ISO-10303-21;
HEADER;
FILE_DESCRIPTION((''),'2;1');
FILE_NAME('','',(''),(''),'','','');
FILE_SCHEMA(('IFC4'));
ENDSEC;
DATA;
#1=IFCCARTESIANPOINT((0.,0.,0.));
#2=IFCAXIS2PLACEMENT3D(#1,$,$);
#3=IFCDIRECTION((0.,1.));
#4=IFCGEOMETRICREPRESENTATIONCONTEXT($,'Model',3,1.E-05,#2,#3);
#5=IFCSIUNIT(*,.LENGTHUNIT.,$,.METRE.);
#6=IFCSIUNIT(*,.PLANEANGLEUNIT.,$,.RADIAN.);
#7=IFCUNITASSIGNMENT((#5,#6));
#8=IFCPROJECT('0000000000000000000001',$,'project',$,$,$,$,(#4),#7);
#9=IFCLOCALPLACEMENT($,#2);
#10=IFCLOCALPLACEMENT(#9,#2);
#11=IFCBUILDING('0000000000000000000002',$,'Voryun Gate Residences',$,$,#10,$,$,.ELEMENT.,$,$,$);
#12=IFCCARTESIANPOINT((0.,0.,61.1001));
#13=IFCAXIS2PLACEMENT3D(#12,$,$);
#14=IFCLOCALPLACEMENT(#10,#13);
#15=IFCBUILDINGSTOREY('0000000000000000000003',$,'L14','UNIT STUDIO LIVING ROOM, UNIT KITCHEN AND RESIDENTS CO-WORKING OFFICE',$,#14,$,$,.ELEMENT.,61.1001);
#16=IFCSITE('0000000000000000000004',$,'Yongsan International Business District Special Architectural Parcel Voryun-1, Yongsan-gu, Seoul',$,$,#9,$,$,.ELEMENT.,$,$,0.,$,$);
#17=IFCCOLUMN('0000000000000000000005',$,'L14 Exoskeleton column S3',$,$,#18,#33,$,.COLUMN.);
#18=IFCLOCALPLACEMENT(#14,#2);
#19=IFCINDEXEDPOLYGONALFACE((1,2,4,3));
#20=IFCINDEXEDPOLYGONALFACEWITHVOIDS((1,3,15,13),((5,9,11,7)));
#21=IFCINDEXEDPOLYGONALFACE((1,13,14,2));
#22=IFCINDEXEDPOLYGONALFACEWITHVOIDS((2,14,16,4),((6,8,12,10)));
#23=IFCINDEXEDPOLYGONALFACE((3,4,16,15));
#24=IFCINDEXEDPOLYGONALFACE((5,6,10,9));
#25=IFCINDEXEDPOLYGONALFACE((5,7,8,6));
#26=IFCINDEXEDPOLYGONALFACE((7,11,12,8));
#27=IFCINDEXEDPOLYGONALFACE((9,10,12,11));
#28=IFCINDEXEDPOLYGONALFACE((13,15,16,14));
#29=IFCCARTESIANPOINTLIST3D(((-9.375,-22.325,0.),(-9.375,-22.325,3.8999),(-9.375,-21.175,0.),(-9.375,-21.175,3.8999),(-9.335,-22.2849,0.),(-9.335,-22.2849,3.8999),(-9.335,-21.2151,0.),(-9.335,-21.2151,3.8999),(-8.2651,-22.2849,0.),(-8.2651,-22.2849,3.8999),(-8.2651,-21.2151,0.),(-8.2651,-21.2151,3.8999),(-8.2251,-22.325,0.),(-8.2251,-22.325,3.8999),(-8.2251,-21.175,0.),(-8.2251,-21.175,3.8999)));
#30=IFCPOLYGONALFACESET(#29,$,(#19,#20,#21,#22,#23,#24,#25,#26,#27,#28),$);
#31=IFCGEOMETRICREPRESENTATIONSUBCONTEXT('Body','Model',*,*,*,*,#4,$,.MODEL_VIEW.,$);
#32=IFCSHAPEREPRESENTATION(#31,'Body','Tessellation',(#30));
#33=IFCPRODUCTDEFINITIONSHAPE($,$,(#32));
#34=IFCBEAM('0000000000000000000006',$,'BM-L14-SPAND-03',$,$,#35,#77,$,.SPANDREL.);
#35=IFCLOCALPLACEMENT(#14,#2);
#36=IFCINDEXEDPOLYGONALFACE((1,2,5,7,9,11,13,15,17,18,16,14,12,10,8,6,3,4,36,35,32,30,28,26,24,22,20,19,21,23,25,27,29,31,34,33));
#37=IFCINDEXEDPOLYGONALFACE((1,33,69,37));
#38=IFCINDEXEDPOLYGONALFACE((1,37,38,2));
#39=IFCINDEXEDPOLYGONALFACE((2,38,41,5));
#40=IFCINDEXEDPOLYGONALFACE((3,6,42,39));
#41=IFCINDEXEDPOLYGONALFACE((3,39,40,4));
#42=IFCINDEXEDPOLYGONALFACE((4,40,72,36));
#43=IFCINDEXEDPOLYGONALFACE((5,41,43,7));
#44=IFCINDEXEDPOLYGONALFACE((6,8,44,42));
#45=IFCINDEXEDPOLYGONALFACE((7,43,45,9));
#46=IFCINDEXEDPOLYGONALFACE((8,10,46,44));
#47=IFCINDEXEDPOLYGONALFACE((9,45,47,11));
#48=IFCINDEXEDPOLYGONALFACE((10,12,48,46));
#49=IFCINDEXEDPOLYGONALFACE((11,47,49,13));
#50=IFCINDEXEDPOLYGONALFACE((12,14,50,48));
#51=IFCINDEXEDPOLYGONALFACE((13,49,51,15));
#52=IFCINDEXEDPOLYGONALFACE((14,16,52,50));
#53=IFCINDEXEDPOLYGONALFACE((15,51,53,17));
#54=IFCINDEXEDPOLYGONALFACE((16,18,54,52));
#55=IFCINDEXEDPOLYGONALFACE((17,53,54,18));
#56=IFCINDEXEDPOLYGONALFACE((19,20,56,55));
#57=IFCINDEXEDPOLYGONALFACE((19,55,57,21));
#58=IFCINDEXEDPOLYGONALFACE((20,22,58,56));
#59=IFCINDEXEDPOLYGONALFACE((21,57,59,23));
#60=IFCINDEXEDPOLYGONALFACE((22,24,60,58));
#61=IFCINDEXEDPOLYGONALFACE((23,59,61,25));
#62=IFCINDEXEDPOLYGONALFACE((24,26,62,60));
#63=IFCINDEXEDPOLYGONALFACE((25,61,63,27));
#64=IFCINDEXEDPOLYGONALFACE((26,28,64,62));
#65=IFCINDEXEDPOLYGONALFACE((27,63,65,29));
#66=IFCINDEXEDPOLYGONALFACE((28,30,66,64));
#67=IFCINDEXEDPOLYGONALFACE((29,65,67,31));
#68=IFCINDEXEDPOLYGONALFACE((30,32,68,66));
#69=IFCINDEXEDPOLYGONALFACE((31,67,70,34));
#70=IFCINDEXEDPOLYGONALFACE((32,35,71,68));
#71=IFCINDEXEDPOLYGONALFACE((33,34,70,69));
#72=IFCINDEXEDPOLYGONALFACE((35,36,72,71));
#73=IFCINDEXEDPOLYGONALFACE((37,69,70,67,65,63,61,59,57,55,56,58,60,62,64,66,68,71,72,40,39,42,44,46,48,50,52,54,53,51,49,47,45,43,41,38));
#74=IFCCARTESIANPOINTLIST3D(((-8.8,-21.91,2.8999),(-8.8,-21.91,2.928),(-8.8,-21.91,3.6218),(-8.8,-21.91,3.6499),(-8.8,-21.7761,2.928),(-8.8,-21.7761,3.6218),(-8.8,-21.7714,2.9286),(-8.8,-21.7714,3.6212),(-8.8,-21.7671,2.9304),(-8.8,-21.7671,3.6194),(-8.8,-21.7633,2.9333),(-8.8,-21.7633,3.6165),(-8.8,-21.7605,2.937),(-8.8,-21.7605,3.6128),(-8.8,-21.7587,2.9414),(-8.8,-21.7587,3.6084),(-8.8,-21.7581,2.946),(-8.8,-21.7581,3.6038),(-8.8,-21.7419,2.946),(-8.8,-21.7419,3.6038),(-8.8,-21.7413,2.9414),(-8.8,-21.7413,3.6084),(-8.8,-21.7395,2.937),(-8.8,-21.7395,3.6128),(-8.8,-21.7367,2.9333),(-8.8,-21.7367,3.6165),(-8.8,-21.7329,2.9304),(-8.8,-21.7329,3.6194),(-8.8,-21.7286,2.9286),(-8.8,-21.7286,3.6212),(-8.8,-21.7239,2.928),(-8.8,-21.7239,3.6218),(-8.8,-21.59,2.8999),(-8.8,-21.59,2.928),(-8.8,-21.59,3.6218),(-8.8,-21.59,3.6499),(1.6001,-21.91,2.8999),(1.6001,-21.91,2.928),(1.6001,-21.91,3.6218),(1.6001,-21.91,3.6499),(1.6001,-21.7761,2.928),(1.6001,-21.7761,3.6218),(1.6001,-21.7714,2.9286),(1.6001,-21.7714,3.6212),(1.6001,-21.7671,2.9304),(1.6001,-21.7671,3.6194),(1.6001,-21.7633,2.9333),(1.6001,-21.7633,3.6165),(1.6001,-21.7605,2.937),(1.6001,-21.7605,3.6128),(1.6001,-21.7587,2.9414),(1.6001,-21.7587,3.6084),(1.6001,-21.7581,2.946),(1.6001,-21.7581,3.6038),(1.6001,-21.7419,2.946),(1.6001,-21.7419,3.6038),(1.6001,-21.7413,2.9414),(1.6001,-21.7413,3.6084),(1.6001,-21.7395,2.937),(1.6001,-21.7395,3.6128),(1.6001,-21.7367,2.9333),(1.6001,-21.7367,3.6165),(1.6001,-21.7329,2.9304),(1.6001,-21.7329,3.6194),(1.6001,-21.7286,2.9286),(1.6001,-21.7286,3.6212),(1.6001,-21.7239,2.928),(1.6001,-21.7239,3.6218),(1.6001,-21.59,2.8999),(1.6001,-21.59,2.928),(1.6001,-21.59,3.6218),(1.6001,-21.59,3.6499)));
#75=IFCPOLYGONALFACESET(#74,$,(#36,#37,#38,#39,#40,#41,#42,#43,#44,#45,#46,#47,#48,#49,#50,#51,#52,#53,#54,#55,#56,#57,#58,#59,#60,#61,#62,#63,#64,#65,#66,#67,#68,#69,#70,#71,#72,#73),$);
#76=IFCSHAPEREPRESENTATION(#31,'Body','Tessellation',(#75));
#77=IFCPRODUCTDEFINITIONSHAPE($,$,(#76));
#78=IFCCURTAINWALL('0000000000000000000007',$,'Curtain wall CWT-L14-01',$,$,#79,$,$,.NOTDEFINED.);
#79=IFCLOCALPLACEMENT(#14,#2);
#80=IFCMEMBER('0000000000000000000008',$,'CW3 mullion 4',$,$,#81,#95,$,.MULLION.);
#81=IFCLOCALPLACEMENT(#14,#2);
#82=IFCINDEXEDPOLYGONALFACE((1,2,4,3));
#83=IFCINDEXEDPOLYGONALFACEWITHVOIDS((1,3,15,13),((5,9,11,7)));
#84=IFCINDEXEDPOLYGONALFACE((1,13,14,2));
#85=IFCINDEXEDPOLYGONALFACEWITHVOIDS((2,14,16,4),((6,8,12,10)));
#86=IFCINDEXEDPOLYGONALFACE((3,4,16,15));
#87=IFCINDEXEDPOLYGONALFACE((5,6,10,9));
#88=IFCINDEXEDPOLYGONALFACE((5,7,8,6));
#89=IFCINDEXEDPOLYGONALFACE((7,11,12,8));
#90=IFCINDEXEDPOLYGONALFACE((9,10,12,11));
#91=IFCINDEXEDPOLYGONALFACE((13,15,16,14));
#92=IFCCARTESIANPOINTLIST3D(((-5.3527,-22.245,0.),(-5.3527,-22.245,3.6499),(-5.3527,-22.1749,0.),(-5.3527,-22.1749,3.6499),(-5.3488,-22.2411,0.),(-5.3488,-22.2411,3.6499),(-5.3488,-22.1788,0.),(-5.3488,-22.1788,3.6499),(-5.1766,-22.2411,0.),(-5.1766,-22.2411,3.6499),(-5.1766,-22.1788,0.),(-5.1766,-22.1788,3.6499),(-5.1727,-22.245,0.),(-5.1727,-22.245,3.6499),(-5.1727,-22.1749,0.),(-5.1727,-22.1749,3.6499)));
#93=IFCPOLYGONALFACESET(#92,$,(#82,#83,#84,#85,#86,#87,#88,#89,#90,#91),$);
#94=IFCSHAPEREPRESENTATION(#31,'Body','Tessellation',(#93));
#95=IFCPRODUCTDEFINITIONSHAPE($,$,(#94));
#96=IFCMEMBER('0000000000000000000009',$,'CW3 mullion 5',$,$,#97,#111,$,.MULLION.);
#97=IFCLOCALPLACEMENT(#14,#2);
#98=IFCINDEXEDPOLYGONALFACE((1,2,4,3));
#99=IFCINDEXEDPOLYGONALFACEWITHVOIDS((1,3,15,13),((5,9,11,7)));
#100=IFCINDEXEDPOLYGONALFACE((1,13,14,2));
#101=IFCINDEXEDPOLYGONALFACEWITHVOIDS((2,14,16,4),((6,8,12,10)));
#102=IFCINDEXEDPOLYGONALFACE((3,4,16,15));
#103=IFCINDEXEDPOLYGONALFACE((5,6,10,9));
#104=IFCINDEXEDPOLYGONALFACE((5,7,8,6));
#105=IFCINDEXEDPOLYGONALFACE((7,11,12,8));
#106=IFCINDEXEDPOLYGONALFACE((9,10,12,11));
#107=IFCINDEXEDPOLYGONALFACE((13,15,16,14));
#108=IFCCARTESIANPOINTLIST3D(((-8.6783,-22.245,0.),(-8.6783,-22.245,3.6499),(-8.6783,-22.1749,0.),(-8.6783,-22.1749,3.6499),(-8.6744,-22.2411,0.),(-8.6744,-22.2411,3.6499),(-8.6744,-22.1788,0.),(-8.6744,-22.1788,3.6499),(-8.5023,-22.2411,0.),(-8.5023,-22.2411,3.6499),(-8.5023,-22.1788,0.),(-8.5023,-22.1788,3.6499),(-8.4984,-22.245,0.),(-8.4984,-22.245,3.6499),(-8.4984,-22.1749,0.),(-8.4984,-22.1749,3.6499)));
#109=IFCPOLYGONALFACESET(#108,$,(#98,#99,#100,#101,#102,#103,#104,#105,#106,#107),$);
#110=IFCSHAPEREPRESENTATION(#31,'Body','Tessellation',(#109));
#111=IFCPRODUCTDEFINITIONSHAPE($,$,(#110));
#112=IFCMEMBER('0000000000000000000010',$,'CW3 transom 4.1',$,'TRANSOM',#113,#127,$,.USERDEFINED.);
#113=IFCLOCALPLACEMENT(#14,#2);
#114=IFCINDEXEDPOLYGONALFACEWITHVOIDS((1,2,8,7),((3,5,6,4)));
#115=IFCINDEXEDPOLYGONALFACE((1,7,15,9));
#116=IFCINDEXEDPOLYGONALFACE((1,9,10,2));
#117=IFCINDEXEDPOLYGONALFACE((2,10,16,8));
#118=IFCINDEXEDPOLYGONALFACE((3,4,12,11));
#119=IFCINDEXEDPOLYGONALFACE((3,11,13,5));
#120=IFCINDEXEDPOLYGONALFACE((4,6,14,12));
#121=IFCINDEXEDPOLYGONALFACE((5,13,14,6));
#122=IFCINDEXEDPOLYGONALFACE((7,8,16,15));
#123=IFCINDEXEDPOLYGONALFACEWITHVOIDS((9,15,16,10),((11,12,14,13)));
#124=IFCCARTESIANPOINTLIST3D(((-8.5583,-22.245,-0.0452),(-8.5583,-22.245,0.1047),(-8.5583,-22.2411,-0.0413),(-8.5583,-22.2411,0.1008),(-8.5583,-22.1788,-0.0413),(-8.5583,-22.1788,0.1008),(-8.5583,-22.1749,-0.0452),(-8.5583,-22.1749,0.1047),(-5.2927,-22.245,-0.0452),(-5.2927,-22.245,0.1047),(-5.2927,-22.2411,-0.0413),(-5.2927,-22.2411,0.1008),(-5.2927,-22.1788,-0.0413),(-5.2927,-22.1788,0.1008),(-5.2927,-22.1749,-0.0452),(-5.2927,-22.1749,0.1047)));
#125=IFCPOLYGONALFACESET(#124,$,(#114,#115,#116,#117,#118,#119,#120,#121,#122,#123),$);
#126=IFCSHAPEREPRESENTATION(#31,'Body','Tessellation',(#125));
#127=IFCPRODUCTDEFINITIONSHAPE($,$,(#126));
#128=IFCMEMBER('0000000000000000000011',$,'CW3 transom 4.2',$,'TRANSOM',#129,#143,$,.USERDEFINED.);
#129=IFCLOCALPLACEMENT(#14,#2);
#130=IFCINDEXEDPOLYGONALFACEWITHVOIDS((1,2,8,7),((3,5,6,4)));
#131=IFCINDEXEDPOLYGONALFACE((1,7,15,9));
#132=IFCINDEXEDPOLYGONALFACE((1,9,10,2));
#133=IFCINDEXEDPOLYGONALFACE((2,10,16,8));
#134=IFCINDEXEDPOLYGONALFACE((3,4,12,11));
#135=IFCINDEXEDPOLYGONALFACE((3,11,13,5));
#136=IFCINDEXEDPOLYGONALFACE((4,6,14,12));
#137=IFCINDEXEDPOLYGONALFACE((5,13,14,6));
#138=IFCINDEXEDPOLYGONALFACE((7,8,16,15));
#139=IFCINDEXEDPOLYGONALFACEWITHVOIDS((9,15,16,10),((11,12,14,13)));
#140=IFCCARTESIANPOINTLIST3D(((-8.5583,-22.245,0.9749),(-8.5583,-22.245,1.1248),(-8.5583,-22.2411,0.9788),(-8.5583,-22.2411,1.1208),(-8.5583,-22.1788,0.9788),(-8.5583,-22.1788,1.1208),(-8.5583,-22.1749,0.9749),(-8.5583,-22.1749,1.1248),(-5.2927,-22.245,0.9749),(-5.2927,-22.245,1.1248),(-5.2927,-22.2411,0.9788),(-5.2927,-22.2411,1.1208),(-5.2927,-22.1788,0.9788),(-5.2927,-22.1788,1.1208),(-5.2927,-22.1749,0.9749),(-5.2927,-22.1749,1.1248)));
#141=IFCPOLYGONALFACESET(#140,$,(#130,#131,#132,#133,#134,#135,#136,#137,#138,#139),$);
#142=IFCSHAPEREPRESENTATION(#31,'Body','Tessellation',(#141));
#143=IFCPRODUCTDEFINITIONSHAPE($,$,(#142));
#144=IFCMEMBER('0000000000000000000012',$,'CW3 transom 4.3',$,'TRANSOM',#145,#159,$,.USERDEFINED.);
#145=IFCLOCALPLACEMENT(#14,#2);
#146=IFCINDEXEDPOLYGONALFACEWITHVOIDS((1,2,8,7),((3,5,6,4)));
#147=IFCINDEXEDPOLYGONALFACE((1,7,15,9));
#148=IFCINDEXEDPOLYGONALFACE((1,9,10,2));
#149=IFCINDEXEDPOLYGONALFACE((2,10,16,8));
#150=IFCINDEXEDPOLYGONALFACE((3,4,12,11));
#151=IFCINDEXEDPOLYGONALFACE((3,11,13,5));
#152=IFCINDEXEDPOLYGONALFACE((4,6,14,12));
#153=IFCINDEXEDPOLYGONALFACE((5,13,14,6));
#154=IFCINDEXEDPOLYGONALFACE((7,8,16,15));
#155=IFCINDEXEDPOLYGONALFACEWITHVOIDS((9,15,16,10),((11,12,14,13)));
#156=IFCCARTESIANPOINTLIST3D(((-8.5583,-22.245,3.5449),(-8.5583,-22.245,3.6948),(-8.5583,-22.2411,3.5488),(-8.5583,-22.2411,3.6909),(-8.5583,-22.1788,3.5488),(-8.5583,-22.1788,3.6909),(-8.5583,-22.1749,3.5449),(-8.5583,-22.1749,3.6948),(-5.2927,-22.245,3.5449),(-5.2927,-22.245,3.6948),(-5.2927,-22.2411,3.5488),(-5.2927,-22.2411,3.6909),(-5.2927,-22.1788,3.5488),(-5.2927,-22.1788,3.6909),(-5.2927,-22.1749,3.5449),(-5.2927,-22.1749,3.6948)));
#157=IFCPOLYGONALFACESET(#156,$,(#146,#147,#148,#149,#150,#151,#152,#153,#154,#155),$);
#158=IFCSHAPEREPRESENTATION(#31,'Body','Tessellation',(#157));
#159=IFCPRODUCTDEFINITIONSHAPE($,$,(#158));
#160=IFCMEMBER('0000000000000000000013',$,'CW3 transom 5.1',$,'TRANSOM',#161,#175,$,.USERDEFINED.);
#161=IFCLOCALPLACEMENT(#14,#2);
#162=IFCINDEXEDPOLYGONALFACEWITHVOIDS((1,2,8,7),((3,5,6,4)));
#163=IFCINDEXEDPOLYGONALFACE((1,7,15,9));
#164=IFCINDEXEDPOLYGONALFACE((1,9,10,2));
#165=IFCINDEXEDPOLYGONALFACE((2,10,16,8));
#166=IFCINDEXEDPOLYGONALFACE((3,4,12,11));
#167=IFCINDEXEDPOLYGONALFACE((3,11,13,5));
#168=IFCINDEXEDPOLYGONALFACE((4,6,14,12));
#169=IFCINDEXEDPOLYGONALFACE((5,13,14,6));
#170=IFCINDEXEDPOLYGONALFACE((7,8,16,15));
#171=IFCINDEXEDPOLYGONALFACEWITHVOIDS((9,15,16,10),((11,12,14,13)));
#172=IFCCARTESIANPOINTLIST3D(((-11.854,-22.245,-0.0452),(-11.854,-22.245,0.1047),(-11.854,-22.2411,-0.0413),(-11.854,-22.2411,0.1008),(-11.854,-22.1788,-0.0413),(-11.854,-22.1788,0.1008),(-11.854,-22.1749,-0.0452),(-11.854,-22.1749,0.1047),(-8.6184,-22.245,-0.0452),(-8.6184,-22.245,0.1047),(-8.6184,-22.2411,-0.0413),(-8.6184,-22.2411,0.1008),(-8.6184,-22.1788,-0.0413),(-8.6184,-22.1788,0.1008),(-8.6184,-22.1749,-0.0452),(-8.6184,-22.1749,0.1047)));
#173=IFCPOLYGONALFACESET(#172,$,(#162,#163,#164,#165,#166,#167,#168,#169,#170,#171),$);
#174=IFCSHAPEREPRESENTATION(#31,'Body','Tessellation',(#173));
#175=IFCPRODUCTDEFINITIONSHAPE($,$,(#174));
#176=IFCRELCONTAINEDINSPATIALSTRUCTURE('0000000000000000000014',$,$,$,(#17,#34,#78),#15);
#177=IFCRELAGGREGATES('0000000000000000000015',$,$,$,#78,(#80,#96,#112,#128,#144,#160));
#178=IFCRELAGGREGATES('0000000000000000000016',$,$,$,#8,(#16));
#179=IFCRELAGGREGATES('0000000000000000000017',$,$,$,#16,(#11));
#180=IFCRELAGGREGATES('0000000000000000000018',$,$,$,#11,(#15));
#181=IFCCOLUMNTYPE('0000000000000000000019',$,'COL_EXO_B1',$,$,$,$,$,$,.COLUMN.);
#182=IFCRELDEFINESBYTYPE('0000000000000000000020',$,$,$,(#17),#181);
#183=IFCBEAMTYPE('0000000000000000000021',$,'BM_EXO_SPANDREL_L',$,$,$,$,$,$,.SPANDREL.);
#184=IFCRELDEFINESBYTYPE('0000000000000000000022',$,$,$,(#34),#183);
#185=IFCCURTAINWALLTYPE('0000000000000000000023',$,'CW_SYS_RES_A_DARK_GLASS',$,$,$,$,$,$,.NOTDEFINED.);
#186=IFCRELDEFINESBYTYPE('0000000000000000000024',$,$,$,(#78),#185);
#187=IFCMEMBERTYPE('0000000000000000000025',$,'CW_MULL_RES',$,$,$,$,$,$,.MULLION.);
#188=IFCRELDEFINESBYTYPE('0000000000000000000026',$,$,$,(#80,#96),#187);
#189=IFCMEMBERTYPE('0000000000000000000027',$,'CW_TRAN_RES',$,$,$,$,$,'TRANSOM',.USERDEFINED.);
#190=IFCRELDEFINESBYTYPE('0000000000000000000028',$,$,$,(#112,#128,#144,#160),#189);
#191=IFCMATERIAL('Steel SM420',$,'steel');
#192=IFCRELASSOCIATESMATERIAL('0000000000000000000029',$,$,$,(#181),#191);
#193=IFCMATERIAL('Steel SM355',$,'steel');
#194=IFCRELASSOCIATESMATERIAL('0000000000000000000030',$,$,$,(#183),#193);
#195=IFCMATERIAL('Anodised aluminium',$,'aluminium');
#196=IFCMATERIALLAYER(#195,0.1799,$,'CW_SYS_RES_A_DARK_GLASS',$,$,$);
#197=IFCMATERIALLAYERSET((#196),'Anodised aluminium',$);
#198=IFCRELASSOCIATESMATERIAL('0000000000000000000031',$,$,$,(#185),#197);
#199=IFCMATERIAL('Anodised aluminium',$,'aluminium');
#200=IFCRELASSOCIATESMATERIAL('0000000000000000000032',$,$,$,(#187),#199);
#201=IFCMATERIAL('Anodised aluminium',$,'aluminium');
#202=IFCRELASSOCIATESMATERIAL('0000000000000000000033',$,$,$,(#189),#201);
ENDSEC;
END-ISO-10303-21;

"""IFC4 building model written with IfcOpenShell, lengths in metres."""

from ifc_helpers import new_model, si_unit, direction, frame, origin, origin_2d, place, context, subcontext, project, spatial, hollow_rectangle, i_section, extrude, material, layer, layer_set, material_profile, profile_set, type_object, element, aggregate, save


model = new_model("IFC4")

# Units and contexts
model_context = context("Model", 3, precision=1e-05, world=origin(), true_north=direction((0.0, 1.0)))
body_context = subcontext(model_context, "Body", "Model", "MODEL_VIEW")
ifc_project = project(units=[si_unit("LENGTHUNIT", "METRE"), si_unit("PLANEANGLEUNIT", "RADIAN")], contexts=[model_context])

# Site, building, storey
site_placement = place(None, origin())
site = spatial("IfcSite", under=ifc_project, at=site_placement, Name="Yongsan International Business District Special Architectural Parcel Voryun-1, Yongsan-gu, Seoul", CompositionType="ELEMENT", RefElevation=0.0)
building_placement = place(site_placement, origin())
building = spatial("IfcBuilding", under=site, at=building_placement, Name="Voryun Gate Residences", CompositionType="ELEMENT")
storey_placement = place(building_placement, frame((0.0, 0.0, 61.1001)))
storey = spatial("IfcBuildingStorey", under=building, at=storey_placement, Name="L14", Description="UNIT STUDIO LIVING ROOM, UNIT KITCHEN AND RESIDENTS CO-WORKING OFFICE", CompositionType="ELEMENT", Elevation=61.1001)

# Column
ifc_material_1 = material(Name="Steel SM420", Category="steel")
ifc_material_profile_1 = material_profile(ifc_material_1, hollow_rectangle(XDim=1.1499, YDim=1.1499, WallThickness=0.04, at=origin_2d()), Name="BOX-1150x1150x40")
ifc_profile_set_1 = profile_set([ifc_material_profile_1], Name="Steel SM420")
column_type = type_object("IfcColumnType", Name="COL_EXO_B1", PredefinedType="COLUMN", material=ifc_profile_set_1)
column_placement = place(storey_placement, frame((-8.8, -21.75, 0.0), z_axis=(0.0, 0.0, 1.0), x_axis=(1.0, 0.0, 0.0)))
element("IfcColumn", 1, at=column_placement, inside=storey, type_object=column_type, Name="L14 Exoskeleton column S3", PredefinedType="COLUMN", context=body_context, shape_type="SweptSolid", body=[
    extrude(hollow_rectangle(XDim=1.1499, YDim=1.1499, WallThickness=0.04, at=origin_2d()), origin(), (0.0, 0.0, 1.0), 3.8999),
])

# Beam
ifc_material_2 = material(Name="Steel SM355", Category="steel")
ifc_material_profile_2 = material_profile(ifc_material_2, i_section(OverallWidth=0.3201, OverallDepth=0.75, WebThickness=0.0161, FlangeThickness=0.0281, FilletRadius=0.0181, at=origin_2d()), Name="H-750x320x16x28")
ifc_profile_set_2 = profile_set([ifc_material_profile_2], Name="Steel SM355")
beam_type = type_object("IfcBeamType", Name="BM_EXO_SPANDREL_L", PredefinedType="SPANDREL", material=ifc_profile_set_2)
beam_placement = place(storey_placement, frame((-8.8, -21.75, 3.2749), z_axis=(1.0, 0.0, 0.0), x_axis=(0.0, 1.0, 0.0)))
element("IfcBeam", 2, at=beam_placement, inside=storey, type_object=beam_type, Name="BM-L14-SPAND-03", PredefinedType="SPANDREL", context=body_context, shape_type="SweptSolid", body=[
    extrude(i_section(OverallWidth=0.3201, OverallDepth=0.75, WebThickness=0.0161, FlangeThickness=0.0281, FilletRadius=0.0181, at=origin_2d()), origin(), (0.0, 0.0, 1.0), 10.4001),
])

# Curtain wall, members
ifc_material_3 = material(Name="Anodised aluminium", Category="aluminium")
ifc_layer_1 = layer(ifc_material_3, 0.1799, Name="CW_SYS_RES_A_DARK_GLASS")
ifc_layer_set_1 = layer_set([ifc_layer_1], Name="Anodised aluminium")
curtain_wall_type = type_object("IfcCurtainWallType", Name="CW_SYS_RES_A_DARK_GLASS", PredefinedType="NOTDEFINED", material=ifc_layer_set_1)
curtain_wall_placement = place(storey_placement, origin())
curtain_wall = element("IfcCurtainWall", 3, at=curtain_wall_placement, inside=storey, type_object=curtain_wall_type, Name="Curtain wall CWT-L14-01", PredefinedType="NOTDEFINED")
ifc_material_4 = material(Name="Anodised aluminium", Category="aluminium")
ifc_material_profile_3 = material_profile(ifc_material_4, hollow_rectangle(XDim=0.0701, YDim=0.1799, WallThickness=0.0039, at=origin_2d()), Name="ALU-MULL-180x70x4")
ifc_profile_set_3 = profile_set([ifc_material_profile_3], Name="Anodised aluminium")
member_type_1 = type_object("IfcMemberType", Name="CW_MULL_RES", PredefinedType="MULLION", material=ifc_profile_set_3)
member_1_placement = place(storey_placement, frame((-5.2627, -22.21, 0.0), z_axis=(0.0, 0.0, 1.0), x_axis=(0.0, -1.0, 0.0)))
member_1 = element("IfcMember", 4, at=member_1_placement, type_object=member_type_1, Name="CW3 mullion 4", PredefinedType="MULLION", context=body_context, shape_type="SweptSolid", body=[
    extrude(hollow_rectangle(XDim=0.0701, YDim=0.1799, WallThickness=0.0039, at=origin_2d()), origin(), (0.0, 0.0, 1.0), 3.6499),
])
member_2_placement = place(storey_placement, frame((-8.5884, -22.21, 0.0), z_axis=(0.0, 0.0, 1.0), x_axis=(0.0, -1.0, 0.0)))
member_2 = element("IfcMember", 5, at=member_2_placement, type_object=member_type_1, Name="CW3 mullion 5", PredefinedType="MULLION", context=body_context, shape_type="SweptSolid", body=[
    extrude(hollow_rectangle(XDim=0.0701, YDim=0.1799, WallThickness=0.0039, at=origin_2d()), origin(), (0.0, 0.0, 1.0), 3.6499),
])
ifc_material_5 = material(Name="Anodised aluminium", Category="aluminium")
ifc_material_profile_4 = material_profile(ifc_material_5, hollow_rectangle(XDim=0.0701, YDim=0.1499, WallThickness=0.0039, at=origin_2d()), Name="ALU-TRAN-150x70x4")
ifc_profile_set_4 = profile_set([ifc_material_profile_4], Name="Anodised aluminium")
member_type_2 = type_object("IfcMemberType", Name="CW_TRAN_RES", ElementType="TRANSOM", PredefinedType="USERDEFINED", material=ifc_profile_set_4)
member_3_placement = place(storey_placement, frame((-5.2927, -22.21, 0.0298), z_axis=(-1.0, 0.0, 0.0), x_axis=(0.0, -1.0, 0.0)))
member_3 = element("IfcMember", 6, at=member_3_placement, type_object=member_type_2, Name="CW3 transom 4.1", ObjectType="TRANSOM", PredefinedType="USERDEFINED", context=body_context, shape_type="SweptSolid", body=[
    extrude(hollow_rectangle(XDim=0.0701, YDim=0.1499, WallThickness=0.0039, at=origin_2d()), origin(), (0.0, 0.0, 1.0), 3.2656),
])
member_4_placement = place(storey_placement, frame((-5.2927, -22.21, 1.0498), z_axis=(-1.0, 0.0, 0.0), x_axis=(0.0, -1.0, 0.0)))
member_4 = element("IfcMember", 7, at=member_4_placement, type_object=member_type_2, Name="CW3 transom 4.2", ObjectType="TRANSOM", PredefinedType="USERDEFINED", context=body_context, shape_type="SweptSolid", body=[
    extrude(hollow_rectangle(XDim=0.0701, YDim=0.1499, WallThickness=0.0039, at=origin_2d()), origin(), (0.0, 0.0, 1.0), 3.2656),
])
member_5_placement = place(storey_placement, frame((-5.2927, -22.21, 3.6199), z_axis=(-1.0, 0.0, 0.0), x_axis=(0.0, -1.0, 0.0)))
member_5 = element("IfcMember", 8, at=member_5_placement, type_object=member_type_2, Name="CW3 transom 4.3", ObjectType="TRANSOM", PredefinedType="USERDEFINED", context=body_context, shape_type="SweptSolid", body=[
    extrude(hollow_rectangle(XDim=0.0701, YDim=0.1499, WallThickness=0.0039, at=origin_2d()), origin(), (0.0, 0.0, 1.0), 3.2656),
])
member_6_placement = place(storey_placement, frame((-8.6184, -22.21, 0.0298), z_axis=(-1.0, 0.0, 0.0), x_axis=(0.0, -1.0, 0.0)))
member_6 = element("IfcMember", 9, at=member_6_placement, type_object=member_type_2, Name="CW3 transom 5.1", ObjectType="TRANSOM", PredefinedType="USERDEFINED", context=body_context, shape_type="SweptSolid", body=[
    extrude(hollow_rectangle(XDim=0.0701, YDim=0.1499, WallThickness=0.0039, at=origin_2d()), origin(), (0.0, 0.0, 1.0), 3.2356),
])
aggregate(curtain_wall, [member_1, member_2, member_3, member_4, member_5, member_6])

save(model, "model.ifc")
